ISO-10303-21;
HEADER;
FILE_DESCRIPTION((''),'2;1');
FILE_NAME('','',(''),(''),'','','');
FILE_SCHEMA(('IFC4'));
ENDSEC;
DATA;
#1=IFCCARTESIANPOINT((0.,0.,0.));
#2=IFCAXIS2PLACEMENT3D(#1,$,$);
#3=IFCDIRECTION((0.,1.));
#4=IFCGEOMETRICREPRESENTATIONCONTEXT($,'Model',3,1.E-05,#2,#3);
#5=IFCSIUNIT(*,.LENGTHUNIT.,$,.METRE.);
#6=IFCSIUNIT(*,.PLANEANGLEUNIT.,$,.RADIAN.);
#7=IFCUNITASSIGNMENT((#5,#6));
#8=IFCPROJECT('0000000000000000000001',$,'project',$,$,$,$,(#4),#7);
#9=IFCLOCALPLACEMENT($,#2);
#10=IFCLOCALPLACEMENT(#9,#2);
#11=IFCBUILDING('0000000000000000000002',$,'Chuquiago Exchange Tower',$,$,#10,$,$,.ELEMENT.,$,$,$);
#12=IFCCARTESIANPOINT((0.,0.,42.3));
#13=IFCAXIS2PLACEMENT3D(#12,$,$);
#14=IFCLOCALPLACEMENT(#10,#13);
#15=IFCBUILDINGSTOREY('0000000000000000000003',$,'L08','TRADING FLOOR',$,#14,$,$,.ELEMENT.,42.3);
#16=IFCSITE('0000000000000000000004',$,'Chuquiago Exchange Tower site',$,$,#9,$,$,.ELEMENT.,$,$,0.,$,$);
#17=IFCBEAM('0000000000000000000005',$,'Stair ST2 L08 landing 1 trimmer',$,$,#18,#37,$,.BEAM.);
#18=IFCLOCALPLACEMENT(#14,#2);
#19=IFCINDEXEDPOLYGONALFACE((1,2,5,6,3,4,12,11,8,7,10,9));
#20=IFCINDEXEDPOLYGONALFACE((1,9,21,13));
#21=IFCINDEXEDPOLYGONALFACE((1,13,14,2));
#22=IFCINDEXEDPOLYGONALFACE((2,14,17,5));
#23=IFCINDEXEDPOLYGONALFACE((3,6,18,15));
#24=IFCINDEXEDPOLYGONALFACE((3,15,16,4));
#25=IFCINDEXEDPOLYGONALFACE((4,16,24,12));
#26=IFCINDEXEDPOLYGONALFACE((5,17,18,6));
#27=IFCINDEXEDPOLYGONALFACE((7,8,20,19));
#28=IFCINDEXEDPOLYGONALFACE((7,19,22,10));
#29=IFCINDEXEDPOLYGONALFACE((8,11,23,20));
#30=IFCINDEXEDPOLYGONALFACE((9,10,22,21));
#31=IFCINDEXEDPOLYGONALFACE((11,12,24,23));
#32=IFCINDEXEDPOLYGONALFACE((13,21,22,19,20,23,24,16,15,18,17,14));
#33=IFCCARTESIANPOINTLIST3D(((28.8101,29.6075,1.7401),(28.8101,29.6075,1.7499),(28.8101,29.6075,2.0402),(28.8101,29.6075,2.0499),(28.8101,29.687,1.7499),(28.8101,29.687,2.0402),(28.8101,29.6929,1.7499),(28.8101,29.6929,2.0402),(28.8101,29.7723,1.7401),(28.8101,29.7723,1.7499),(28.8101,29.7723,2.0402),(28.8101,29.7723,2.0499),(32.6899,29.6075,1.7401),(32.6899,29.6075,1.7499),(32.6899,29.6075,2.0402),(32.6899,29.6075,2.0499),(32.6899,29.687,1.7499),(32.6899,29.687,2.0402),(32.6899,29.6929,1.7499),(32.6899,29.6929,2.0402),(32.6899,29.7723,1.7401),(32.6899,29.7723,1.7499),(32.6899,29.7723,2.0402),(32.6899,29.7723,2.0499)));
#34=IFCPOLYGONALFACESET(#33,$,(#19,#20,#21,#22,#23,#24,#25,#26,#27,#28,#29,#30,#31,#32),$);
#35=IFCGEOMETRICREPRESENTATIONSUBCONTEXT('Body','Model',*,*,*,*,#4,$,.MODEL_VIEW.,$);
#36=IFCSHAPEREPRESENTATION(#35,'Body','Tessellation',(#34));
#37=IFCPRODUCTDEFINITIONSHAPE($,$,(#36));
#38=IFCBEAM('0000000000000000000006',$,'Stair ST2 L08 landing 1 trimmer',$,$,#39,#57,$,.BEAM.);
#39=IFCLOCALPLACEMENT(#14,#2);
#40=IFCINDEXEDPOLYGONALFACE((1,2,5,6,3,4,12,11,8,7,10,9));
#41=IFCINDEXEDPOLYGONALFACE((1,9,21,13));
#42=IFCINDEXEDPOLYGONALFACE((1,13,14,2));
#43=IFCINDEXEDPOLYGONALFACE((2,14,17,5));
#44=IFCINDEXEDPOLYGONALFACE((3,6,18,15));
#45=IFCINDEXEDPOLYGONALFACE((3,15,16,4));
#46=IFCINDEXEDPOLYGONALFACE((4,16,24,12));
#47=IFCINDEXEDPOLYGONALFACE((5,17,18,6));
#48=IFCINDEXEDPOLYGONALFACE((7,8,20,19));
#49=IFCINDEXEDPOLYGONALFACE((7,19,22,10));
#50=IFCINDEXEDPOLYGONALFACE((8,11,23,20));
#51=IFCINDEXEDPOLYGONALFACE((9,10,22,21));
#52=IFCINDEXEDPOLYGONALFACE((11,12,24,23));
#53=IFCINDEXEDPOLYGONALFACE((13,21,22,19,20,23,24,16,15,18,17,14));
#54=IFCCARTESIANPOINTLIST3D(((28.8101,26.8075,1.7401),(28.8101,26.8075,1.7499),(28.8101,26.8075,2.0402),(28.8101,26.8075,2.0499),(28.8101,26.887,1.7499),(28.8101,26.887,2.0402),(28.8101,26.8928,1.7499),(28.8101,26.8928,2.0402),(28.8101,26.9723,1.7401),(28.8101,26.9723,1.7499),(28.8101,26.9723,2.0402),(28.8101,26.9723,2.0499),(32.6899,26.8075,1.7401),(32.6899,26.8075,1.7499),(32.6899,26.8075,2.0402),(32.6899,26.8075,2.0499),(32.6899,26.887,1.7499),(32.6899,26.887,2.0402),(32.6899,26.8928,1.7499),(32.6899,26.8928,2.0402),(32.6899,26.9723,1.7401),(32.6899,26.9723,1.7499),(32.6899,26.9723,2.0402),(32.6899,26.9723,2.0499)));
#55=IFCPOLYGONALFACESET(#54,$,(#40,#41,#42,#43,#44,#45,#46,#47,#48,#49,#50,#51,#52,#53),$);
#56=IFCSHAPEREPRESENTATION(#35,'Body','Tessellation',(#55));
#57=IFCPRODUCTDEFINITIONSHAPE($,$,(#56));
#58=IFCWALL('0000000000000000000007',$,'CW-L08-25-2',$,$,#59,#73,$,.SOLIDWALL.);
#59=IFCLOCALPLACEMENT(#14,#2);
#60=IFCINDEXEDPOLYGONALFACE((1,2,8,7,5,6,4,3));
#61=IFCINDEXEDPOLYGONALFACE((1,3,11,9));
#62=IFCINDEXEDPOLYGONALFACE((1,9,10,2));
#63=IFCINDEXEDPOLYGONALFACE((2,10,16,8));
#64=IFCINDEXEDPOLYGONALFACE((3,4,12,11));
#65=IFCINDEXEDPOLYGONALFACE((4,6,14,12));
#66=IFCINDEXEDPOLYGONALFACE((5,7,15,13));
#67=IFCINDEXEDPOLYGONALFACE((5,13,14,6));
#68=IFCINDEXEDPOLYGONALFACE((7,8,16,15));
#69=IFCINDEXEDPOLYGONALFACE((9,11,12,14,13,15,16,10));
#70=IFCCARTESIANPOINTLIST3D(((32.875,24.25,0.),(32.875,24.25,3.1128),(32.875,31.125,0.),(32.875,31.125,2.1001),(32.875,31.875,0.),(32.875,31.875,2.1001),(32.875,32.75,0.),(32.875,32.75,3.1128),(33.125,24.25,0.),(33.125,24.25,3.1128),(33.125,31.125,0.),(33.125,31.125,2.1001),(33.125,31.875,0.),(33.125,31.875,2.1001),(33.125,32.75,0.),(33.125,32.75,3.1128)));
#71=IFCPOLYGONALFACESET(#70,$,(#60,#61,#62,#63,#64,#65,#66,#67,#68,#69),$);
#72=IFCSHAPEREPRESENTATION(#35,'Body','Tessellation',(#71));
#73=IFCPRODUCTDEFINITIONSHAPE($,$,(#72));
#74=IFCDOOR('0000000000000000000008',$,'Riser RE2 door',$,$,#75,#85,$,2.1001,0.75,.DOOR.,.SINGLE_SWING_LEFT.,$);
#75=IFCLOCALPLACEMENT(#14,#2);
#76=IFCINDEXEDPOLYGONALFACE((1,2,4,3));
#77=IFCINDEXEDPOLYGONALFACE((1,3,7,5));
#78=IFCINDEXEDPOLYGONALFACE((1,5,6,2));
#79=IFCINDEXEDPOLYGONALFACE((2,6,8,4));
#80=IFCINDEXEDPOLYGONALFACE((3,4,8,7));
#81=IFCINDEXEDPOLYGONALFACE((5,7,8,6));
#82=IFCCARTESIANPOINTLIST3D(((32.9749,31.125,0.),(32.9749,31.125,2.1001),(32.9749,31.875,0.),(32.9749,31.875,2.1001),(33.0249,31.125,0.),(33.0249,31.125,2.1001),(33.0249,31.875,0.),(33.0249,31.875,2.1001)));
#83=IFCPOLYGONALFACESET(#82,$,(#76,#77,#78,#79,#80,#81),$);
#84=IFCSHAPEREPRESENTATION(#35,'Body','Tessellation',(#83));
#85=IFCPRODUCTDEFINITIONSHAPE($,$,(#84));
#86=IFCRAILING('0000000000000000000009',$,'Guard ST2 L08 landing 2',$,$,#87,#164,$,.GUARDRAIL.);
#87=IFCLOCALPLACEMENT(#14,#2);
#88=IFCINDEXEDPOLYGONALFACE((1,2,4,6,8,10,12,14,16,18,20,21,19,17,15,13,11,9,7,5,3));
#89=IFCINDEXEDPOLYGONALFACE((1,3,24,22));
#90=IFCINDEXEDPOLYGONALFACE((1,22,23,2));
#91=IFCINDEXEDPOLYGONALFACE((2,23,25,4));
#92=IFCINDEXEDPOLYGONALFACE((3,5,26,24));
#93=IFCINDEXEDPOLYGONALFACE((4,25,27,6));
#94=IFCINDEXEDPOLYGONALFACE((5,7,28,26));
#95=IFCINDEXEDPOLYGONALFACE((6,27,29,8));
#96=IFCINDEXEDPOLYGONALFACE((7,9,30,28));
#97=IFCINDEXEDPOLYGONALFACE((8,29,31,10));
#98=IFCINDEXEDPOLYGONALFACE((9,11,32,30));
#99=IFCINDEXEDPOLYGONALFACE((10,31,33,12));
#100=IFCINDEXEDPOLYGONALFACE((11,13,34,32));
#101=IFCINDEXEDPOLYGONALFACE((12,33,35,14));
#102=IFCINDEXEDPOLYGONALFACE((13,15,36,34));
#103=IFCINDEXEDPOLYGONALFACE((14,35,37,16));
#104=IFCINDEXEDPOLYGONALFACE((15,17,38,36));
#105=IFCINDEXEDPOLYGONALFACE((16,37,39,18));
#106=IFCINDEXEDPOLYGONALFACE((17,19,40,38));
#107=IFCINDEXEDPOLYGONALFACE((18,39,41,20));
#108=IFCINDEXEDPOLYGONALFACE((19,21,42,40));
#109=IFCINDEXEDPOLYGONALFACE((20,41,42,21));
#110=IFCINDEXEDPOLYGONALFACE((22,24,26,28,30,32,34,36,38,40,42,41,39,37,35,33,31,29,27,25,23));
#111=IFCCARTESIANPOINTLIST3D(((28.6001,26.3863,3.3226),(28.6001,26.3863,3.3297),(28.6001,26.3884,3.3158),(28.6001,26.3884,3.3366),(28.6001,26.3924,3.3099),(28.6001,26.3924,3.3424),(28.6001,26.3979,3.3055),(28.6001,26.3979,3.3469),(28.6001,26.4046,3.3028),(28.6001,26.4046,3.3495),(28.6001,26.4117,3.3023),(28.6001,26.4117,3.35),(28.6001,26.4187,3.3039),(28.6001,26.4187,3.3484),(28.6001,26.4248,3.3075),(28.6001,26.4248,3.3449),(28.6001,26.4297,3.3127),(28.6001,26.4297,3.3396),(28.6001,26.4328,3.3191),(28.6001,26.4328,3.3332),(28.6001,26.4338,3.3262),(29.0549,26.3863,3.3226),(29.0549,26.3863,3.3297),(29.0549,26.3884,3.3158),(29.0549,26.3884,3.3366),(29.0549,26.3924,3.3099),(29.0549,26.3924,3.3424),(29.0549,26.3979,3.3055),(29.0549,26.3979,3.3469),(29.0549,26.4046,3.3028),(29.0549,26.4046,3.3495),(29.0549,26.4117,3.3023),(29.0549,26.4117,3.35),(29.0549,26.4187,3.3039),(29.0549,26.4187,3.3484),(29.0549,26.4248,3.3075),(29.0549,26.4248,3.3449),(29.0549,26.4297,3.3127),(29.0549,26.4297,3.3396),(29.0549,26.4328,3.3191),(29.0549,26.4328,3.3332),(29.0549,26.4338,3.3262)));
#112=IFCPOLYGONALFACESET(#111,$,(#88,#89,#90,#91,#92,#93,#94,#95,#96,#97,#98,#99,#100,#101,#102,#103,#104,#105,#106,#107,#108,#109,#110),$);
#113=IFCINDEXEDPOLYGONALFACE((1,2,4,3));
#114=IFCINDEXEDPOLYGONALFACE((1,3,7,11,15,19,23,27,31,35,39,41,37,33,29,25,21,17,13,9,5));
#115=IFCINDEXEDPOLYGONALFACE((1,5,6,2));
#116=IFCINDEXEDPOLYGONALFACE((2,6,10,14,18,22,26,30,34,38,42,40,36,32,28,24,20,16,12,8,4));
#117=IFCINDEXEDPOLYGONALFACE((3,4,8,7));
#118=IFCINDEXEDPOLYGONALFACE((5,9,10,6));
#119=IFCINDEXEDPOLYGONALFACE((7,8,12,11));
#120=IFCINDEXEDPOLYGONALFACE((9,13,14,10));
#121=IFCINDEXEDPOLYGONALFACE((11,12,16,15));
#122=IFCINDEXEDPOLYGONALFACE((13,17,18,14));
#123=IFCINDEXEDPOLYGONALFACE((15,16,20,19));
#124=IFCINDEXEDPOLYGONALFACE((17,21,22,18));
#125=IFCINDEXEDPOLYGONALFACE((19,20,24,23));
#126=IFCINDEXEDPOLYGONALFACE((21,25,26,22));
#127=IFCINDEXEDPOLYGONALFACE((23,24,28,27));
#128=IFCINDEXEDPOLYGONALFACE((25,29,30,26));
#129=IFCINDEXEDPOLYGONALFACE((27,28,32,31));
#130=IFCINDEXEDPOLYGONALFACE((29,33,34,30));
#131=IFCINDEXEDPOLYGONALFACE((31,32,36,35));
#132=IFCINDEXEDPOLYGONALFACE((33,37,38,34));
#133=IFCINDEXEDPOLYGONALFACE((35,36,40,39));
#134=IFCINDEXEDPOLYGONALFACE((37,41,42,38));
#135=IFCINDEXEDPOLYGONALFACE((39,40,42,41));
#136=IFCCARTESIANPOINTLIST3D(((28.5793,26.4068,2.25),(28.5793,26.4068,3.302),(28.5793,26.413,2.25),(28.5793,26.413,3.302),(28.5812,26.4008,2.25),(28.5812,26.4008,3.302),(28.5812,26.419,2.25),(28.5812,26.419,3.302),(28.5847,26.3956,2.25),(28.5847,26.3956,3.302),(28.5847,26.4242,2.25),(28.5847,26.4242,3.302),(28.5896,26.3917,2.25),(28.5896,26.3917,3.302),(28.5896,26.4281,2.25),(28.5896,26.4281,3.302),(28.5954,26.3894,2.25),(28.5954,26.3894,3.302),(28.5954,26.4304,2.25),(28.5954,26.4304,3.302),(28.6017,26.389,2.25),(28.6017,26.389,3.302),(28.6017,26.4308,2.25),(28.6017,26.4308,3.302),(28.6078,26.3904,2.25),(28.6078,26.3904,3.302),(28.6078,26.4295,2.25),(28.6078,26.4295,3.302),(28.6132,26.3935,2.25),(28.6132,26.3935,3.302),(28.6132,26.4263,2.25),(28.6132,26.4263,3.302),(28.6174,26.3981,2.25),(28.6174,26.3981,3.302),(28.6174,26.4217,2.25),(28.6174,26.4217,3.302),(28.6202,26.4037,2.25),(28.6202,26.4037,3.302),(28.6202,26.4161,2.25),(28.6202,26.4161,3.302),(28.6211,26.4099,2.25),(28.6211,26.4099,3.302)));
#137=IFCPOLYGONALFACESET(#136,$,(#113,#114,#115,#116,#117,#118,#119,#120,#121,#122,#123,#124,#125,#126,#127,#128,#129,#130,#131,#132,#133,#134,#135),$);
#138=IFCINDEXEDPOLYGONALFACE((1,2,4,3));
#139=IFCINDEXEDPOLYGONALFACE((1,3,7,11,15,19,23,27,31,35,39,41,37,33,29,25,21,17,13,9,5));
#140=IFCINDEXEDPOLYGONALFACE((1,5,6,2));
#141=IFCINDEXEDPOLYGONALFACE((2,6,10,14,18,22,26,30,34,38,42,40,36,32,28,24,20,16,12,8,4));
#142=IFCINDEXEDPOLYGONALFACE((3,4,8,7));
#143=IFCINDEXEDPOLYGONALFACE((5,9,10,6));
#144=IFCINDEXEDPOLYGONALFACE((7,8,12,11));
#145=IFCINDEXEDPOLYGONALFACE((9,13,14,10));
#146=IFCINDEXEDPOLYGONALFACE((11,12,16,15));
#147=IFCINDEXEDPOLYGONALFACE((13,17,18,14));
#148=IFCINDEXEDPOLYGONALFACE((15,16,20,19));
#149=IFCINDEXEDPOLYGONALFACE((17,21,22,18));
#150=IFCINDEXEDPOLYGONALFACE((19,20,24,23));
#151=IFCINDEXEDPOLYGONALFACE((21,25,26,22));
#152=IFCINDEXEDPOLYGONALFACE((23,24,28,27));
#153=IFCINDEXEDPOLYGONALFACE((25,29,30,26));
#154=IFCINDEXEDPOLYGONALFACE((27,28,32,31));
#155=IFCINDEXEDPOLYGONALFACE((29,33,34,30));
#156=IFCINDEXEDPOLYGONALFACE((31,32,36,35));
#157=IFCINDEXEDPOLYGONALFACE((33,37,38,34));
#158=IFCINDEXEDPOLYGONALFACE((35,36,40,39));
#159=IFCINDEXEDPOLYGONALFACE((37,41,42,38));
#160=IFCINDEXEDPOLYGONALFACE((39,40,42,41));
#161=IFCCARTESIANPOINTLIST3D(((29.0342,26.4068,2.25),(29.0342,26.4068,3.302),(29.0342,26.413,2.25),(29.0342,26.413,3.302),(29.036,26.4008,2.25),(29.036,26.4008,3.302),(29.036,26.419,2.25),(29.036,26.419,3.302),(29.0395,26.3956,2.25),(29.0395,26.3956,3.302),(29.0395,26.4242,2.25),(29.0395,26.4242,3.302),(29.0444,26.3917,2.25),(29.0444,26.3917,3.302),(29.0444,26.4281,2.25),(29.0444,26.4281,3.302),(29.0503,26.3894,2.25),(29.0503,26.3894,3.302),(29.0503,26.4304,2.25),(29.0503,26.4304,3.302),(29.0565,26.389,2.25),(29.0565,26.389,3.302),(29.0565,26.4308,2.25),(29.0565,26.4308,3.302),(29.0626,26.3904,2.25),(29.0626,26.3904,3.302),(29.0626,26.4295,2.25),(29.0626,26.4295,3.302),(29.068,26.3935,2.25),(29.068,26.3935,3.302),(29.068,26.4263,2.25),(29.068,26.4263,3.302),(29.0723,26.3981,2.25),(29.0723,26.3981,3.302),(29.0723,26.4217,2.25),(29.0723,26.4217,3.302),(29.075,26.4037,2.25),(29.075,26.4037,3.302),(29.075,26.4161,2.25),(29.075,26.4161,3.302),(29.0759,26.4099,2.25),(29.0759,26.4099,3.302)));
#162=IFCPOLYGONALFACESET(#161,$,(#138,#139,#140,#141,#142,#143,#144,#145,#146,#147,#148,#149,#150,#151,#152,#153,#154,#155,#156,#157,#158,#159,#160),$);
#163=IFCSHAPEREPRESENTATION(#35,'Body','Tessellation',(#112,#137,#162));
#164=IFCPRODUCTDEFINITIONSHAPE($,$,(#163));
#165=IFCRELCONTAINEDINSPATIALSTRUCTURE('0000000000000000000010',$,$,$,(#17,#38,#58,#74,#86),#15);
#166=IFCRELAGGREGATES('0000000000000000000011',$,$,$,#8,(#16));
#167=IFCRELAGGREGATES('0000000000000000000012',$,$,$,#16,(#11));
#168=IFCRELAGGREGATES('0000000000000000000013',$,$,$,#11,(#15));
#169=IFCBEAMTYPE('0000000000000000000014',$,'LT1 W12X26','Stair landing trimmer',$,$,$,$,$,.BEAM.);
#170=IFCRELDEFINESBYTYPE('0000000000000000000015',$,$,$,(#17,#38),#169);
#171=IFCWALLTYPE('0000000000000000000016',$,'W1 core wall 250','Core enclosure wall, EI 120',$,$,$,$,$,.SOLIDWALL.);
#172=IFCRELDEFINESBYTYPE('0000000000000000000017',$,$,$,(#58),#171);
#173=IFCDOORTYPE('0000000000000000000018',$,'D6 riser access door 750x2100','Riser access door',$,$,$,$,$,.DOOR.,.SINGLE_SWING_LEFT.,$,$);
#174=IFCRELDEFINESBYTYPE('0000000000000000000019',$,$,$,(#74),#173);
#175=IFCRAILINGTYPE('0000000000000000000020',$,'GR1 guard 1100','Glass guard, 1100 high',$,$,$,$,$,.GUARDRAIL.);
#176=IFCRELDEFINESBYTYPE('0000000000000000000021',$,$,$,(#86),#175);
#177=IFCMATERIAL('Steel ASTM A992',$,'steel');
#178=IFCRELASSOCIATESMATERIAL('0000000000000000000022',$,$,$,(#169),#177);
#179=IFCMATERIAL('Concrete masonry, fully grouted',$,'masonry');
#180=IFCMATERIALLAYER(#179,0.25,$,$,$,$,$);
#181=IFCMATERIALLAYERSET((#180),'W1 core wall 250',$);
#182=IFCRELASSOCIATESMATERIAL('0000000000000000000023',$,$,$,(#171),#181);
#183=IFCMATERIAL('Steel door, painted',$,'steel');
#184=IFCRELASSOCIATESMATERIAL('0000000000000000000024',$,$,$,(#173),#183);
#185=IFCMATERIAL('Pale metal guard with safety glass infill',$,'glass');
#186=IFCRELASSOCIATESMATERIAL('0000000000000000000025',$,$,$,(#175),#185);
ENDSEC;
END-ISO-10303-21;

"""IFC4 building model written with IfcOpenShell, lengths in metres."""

from ifc_helpers import new_model, si_unit, direction, frame, frame_2d, origin, origin_2d, place, context, subcontext, project, spatial, rectangle, circle, i_section, extrude, material, layer, layer_set, material_profile, profile_set, type_object, element, fill, save


model = new_model("IFC4")

# Units and contexts
model_context = context("Model", 3, precision=1e-05, world=origin(), true_north=direction((0.0, 1.0)))
body_context = subcontext(model_context, "Body", "Model", "MODEL_VIEW")
ifc_project = project(units=[si_unit("LENGTHUNIT", "METRE"), si_unit("PLANEANGLEUNIT", "RADIAN")], contexts=[model_context])

# Site, building, storey
site_placement = place(None, origin())
site = spatial("IfcSite", under=ifc_project, at=site_placement, Name="Chuquiago Exchange Tower site", CompositionType="ELEMENT", RefElevation=0.0)
building_placement = place(site_placement, origin())
building = spatial("IfcBuilding", under=site, at=building_placement, Name="Chuquiago Exchange Tower", CompositionType="ELEMENT")
storey_placement = place(building_placement, frame((0.0, 0.0, 42.3)))
storey = spatial("IfcBuildingStorey", under=building, at=storey_placement, Name="L08", Description="TRADING FLOOR", CompositionType="ELEMENT", Elevation=42.3)

# Beams
ifc_material_1 = material(Name="Steel ASTM A992", Category="steel")
ifc_material_profile_1 = material_profile(ifc_material_1, i_section(OverallWidth=0.1648, OverallDepth=0.3098, WebThickness=0.0059, FlangeThickness=0.0098, at=origin_2d()), Name="W12X26")
ifc_profile_set_1 = profile_set([ifc_material_profile_1], Name="Steel ASTM A992")
beam_type_1 = type_object("IfcBeamType", Name="LT1 W12X26", Description="Stair landing trimmer", PredefinedType="BEAM", material=ifc_profile_set_1)
for number, where, z_axis, x_axis, name in (
    (1, (28.8101, 29.6899, 1.895), (1.0, 0.0, 0.0), (0.0, 1.0, 0.0), "Stair ST2 L08 landing 1 trimmer"),
    (2, (28.8101, 26.8899, 1.895), (1.0, 0.0, 0.0), (0.0, 1.0, 0.0), "Stair ST2 L08 landing 1 trimmer"),
):
    element("IfcBeam", number, at=place(storey_placement, frame(where, z_axis=z_axis, x_axis=x_axis)), inside=storey, type_object=beam_type_1, Name=name, PredefinedType="BEAM", context=body_context, shape_type="SweptSolid", body=[
        extrude(i_section(OverallWidth=0.1648, OverallDepth=0.3098, WebThickness=0.0059, FlangeThickness=0.0098, at=origin_2d()), origin(), (0.0, 0.0, 1.0), 3.8799),
    ])

# Wall, opening, door
ifc_material_2 = material(Name="Concrete masonry, fully grouted", Category="masonry")
ifc_layer = layer(ifc_material_2, 0.25)
ifc_layer_set = layer_set([ifc_layer], Name="W1 core wall 250")
wall_type = type_object("IfcWallType", Name="W1 core wall 250", Description="Core enclosure wall, EI 120", PredefinedType="SOLIDWALL", material=ifc_layer_set)
wall_placement = place(storey_placement, frame((33.0, 24.25, 0.0), z_axis=(0.0, 0.0, 1.0), x_axis=(0.0, 1.0, 0.0)))
wall = element("IfcWall", 3, at=wall_placement, inside=storey, type_object=wall_type, Name="CW-L08-25-2", PredefinedType="SOLIDWALL", context=body_context, shape_type="SweptSolid", body=[
    extrude(rectangle(XDim=8.5, YDim=0.25, at=frame_2d((4.25, 0.0))), origin(), (0.0, 0.0, 1.0), 3.1128),
])
opening_placement = place(wall_placement, frame((6.875, 0.0, 0.0)))
opening = element("IfcOpeningElement", 4, at=opening_placement, cuts=wall, PredefinedType="OPENING", context=body_context, shape_type="SweptSolid", body=[
    extrude(rectangle(XDim=0.75, YDim=2.1001, at=frame_2d((0.375, 1.05))), frame((0.0, 0.135, 0.0), z_axis=(0.0, -1.0, 0.0), x_axis=(1.0, 0.0, 0.0)), (0.0, 0.0, 1.0), 0.27),
])
ifc_material_3 = material(Name="Steel door, painted", Category="steel")
door_type = type_object("IfcDoorType", Name="D6 riser access door 750x2100", Description="Riser access door", OperationType="SINGLE_SWING_LEFT", PredefinedType="DOOR", material=ifc_material_3)
door_placement = place(opening_placement, frame((0.75, 0.0, 0.0), z_axis=(0.0, 0.0, 1.0), x_axis=(-1.0, 0.0, 0.0)))
door = element("IfcDoor", 5, at=door_placement, inside=storey, type_object=door_type, Name="Riser RE2 door", OperationType="SINGLE_SWING_LEFT", OverallHeight=2.1001, OverallWidth=0.75, PredefinedType="DOOR", context=body_context, shape_type="SweptSolid", body=[
    extrude(rectangle(XDim=0.75, YDim=2.1001, at=frame_2d((0.375, 1.05))), frame((0.0, 0.0249, 0.0), z_axis=(0.0, -1.0, 0.0), x_axis=(1.0, 0.0, 0.0)), (0.0, 0.0, 1.0), 0.05),
])
fill(opening, door)

# Railing
ifc_material_4 = material(Name="Pale metal guard with safety glass infill", Category="glass")
railing_type_1 = type_object("IfcRailingType", Name="GR1 guard 1100", Description="Glass guard, 1100 high", PredefinedType="GUARDRAIL", material=ifc_material_4)
for number, where, name in (
    (6, (28.6001, 26.4099, 2.25), "Guard ST2 L08 landing 2"),
):
    element("IfcRailing", number, at=place(storey_placement, frame(where)), inside=storey, type_object=railing_type_1, Name=name, PredefinedType="GUARDRAIL", context=body_context, shape_type="SweptSolid", body=[
        extrude(circle(Radius=0.0239, at=origin_2d()), frame((0.0, 0.0, 1.0762), z_axis=(1.0, 0.0, 0.0), x_axis=(0.0, 1.0, 0.0)), (0.0, 0.0, 1.0), 0.4548),
        extrude(circle(Radius=0.021, at=origin_2d()), origin(), (0.0, 0.0, 1.0), 1.052),
        extrude(circle(Radius=0.021, at=origin_2d()), frame((0.4548, 0.0, 0.0)), (0.0, 0.0, 1.0), 1.052),
    ])

save(model, "model.ifc")
